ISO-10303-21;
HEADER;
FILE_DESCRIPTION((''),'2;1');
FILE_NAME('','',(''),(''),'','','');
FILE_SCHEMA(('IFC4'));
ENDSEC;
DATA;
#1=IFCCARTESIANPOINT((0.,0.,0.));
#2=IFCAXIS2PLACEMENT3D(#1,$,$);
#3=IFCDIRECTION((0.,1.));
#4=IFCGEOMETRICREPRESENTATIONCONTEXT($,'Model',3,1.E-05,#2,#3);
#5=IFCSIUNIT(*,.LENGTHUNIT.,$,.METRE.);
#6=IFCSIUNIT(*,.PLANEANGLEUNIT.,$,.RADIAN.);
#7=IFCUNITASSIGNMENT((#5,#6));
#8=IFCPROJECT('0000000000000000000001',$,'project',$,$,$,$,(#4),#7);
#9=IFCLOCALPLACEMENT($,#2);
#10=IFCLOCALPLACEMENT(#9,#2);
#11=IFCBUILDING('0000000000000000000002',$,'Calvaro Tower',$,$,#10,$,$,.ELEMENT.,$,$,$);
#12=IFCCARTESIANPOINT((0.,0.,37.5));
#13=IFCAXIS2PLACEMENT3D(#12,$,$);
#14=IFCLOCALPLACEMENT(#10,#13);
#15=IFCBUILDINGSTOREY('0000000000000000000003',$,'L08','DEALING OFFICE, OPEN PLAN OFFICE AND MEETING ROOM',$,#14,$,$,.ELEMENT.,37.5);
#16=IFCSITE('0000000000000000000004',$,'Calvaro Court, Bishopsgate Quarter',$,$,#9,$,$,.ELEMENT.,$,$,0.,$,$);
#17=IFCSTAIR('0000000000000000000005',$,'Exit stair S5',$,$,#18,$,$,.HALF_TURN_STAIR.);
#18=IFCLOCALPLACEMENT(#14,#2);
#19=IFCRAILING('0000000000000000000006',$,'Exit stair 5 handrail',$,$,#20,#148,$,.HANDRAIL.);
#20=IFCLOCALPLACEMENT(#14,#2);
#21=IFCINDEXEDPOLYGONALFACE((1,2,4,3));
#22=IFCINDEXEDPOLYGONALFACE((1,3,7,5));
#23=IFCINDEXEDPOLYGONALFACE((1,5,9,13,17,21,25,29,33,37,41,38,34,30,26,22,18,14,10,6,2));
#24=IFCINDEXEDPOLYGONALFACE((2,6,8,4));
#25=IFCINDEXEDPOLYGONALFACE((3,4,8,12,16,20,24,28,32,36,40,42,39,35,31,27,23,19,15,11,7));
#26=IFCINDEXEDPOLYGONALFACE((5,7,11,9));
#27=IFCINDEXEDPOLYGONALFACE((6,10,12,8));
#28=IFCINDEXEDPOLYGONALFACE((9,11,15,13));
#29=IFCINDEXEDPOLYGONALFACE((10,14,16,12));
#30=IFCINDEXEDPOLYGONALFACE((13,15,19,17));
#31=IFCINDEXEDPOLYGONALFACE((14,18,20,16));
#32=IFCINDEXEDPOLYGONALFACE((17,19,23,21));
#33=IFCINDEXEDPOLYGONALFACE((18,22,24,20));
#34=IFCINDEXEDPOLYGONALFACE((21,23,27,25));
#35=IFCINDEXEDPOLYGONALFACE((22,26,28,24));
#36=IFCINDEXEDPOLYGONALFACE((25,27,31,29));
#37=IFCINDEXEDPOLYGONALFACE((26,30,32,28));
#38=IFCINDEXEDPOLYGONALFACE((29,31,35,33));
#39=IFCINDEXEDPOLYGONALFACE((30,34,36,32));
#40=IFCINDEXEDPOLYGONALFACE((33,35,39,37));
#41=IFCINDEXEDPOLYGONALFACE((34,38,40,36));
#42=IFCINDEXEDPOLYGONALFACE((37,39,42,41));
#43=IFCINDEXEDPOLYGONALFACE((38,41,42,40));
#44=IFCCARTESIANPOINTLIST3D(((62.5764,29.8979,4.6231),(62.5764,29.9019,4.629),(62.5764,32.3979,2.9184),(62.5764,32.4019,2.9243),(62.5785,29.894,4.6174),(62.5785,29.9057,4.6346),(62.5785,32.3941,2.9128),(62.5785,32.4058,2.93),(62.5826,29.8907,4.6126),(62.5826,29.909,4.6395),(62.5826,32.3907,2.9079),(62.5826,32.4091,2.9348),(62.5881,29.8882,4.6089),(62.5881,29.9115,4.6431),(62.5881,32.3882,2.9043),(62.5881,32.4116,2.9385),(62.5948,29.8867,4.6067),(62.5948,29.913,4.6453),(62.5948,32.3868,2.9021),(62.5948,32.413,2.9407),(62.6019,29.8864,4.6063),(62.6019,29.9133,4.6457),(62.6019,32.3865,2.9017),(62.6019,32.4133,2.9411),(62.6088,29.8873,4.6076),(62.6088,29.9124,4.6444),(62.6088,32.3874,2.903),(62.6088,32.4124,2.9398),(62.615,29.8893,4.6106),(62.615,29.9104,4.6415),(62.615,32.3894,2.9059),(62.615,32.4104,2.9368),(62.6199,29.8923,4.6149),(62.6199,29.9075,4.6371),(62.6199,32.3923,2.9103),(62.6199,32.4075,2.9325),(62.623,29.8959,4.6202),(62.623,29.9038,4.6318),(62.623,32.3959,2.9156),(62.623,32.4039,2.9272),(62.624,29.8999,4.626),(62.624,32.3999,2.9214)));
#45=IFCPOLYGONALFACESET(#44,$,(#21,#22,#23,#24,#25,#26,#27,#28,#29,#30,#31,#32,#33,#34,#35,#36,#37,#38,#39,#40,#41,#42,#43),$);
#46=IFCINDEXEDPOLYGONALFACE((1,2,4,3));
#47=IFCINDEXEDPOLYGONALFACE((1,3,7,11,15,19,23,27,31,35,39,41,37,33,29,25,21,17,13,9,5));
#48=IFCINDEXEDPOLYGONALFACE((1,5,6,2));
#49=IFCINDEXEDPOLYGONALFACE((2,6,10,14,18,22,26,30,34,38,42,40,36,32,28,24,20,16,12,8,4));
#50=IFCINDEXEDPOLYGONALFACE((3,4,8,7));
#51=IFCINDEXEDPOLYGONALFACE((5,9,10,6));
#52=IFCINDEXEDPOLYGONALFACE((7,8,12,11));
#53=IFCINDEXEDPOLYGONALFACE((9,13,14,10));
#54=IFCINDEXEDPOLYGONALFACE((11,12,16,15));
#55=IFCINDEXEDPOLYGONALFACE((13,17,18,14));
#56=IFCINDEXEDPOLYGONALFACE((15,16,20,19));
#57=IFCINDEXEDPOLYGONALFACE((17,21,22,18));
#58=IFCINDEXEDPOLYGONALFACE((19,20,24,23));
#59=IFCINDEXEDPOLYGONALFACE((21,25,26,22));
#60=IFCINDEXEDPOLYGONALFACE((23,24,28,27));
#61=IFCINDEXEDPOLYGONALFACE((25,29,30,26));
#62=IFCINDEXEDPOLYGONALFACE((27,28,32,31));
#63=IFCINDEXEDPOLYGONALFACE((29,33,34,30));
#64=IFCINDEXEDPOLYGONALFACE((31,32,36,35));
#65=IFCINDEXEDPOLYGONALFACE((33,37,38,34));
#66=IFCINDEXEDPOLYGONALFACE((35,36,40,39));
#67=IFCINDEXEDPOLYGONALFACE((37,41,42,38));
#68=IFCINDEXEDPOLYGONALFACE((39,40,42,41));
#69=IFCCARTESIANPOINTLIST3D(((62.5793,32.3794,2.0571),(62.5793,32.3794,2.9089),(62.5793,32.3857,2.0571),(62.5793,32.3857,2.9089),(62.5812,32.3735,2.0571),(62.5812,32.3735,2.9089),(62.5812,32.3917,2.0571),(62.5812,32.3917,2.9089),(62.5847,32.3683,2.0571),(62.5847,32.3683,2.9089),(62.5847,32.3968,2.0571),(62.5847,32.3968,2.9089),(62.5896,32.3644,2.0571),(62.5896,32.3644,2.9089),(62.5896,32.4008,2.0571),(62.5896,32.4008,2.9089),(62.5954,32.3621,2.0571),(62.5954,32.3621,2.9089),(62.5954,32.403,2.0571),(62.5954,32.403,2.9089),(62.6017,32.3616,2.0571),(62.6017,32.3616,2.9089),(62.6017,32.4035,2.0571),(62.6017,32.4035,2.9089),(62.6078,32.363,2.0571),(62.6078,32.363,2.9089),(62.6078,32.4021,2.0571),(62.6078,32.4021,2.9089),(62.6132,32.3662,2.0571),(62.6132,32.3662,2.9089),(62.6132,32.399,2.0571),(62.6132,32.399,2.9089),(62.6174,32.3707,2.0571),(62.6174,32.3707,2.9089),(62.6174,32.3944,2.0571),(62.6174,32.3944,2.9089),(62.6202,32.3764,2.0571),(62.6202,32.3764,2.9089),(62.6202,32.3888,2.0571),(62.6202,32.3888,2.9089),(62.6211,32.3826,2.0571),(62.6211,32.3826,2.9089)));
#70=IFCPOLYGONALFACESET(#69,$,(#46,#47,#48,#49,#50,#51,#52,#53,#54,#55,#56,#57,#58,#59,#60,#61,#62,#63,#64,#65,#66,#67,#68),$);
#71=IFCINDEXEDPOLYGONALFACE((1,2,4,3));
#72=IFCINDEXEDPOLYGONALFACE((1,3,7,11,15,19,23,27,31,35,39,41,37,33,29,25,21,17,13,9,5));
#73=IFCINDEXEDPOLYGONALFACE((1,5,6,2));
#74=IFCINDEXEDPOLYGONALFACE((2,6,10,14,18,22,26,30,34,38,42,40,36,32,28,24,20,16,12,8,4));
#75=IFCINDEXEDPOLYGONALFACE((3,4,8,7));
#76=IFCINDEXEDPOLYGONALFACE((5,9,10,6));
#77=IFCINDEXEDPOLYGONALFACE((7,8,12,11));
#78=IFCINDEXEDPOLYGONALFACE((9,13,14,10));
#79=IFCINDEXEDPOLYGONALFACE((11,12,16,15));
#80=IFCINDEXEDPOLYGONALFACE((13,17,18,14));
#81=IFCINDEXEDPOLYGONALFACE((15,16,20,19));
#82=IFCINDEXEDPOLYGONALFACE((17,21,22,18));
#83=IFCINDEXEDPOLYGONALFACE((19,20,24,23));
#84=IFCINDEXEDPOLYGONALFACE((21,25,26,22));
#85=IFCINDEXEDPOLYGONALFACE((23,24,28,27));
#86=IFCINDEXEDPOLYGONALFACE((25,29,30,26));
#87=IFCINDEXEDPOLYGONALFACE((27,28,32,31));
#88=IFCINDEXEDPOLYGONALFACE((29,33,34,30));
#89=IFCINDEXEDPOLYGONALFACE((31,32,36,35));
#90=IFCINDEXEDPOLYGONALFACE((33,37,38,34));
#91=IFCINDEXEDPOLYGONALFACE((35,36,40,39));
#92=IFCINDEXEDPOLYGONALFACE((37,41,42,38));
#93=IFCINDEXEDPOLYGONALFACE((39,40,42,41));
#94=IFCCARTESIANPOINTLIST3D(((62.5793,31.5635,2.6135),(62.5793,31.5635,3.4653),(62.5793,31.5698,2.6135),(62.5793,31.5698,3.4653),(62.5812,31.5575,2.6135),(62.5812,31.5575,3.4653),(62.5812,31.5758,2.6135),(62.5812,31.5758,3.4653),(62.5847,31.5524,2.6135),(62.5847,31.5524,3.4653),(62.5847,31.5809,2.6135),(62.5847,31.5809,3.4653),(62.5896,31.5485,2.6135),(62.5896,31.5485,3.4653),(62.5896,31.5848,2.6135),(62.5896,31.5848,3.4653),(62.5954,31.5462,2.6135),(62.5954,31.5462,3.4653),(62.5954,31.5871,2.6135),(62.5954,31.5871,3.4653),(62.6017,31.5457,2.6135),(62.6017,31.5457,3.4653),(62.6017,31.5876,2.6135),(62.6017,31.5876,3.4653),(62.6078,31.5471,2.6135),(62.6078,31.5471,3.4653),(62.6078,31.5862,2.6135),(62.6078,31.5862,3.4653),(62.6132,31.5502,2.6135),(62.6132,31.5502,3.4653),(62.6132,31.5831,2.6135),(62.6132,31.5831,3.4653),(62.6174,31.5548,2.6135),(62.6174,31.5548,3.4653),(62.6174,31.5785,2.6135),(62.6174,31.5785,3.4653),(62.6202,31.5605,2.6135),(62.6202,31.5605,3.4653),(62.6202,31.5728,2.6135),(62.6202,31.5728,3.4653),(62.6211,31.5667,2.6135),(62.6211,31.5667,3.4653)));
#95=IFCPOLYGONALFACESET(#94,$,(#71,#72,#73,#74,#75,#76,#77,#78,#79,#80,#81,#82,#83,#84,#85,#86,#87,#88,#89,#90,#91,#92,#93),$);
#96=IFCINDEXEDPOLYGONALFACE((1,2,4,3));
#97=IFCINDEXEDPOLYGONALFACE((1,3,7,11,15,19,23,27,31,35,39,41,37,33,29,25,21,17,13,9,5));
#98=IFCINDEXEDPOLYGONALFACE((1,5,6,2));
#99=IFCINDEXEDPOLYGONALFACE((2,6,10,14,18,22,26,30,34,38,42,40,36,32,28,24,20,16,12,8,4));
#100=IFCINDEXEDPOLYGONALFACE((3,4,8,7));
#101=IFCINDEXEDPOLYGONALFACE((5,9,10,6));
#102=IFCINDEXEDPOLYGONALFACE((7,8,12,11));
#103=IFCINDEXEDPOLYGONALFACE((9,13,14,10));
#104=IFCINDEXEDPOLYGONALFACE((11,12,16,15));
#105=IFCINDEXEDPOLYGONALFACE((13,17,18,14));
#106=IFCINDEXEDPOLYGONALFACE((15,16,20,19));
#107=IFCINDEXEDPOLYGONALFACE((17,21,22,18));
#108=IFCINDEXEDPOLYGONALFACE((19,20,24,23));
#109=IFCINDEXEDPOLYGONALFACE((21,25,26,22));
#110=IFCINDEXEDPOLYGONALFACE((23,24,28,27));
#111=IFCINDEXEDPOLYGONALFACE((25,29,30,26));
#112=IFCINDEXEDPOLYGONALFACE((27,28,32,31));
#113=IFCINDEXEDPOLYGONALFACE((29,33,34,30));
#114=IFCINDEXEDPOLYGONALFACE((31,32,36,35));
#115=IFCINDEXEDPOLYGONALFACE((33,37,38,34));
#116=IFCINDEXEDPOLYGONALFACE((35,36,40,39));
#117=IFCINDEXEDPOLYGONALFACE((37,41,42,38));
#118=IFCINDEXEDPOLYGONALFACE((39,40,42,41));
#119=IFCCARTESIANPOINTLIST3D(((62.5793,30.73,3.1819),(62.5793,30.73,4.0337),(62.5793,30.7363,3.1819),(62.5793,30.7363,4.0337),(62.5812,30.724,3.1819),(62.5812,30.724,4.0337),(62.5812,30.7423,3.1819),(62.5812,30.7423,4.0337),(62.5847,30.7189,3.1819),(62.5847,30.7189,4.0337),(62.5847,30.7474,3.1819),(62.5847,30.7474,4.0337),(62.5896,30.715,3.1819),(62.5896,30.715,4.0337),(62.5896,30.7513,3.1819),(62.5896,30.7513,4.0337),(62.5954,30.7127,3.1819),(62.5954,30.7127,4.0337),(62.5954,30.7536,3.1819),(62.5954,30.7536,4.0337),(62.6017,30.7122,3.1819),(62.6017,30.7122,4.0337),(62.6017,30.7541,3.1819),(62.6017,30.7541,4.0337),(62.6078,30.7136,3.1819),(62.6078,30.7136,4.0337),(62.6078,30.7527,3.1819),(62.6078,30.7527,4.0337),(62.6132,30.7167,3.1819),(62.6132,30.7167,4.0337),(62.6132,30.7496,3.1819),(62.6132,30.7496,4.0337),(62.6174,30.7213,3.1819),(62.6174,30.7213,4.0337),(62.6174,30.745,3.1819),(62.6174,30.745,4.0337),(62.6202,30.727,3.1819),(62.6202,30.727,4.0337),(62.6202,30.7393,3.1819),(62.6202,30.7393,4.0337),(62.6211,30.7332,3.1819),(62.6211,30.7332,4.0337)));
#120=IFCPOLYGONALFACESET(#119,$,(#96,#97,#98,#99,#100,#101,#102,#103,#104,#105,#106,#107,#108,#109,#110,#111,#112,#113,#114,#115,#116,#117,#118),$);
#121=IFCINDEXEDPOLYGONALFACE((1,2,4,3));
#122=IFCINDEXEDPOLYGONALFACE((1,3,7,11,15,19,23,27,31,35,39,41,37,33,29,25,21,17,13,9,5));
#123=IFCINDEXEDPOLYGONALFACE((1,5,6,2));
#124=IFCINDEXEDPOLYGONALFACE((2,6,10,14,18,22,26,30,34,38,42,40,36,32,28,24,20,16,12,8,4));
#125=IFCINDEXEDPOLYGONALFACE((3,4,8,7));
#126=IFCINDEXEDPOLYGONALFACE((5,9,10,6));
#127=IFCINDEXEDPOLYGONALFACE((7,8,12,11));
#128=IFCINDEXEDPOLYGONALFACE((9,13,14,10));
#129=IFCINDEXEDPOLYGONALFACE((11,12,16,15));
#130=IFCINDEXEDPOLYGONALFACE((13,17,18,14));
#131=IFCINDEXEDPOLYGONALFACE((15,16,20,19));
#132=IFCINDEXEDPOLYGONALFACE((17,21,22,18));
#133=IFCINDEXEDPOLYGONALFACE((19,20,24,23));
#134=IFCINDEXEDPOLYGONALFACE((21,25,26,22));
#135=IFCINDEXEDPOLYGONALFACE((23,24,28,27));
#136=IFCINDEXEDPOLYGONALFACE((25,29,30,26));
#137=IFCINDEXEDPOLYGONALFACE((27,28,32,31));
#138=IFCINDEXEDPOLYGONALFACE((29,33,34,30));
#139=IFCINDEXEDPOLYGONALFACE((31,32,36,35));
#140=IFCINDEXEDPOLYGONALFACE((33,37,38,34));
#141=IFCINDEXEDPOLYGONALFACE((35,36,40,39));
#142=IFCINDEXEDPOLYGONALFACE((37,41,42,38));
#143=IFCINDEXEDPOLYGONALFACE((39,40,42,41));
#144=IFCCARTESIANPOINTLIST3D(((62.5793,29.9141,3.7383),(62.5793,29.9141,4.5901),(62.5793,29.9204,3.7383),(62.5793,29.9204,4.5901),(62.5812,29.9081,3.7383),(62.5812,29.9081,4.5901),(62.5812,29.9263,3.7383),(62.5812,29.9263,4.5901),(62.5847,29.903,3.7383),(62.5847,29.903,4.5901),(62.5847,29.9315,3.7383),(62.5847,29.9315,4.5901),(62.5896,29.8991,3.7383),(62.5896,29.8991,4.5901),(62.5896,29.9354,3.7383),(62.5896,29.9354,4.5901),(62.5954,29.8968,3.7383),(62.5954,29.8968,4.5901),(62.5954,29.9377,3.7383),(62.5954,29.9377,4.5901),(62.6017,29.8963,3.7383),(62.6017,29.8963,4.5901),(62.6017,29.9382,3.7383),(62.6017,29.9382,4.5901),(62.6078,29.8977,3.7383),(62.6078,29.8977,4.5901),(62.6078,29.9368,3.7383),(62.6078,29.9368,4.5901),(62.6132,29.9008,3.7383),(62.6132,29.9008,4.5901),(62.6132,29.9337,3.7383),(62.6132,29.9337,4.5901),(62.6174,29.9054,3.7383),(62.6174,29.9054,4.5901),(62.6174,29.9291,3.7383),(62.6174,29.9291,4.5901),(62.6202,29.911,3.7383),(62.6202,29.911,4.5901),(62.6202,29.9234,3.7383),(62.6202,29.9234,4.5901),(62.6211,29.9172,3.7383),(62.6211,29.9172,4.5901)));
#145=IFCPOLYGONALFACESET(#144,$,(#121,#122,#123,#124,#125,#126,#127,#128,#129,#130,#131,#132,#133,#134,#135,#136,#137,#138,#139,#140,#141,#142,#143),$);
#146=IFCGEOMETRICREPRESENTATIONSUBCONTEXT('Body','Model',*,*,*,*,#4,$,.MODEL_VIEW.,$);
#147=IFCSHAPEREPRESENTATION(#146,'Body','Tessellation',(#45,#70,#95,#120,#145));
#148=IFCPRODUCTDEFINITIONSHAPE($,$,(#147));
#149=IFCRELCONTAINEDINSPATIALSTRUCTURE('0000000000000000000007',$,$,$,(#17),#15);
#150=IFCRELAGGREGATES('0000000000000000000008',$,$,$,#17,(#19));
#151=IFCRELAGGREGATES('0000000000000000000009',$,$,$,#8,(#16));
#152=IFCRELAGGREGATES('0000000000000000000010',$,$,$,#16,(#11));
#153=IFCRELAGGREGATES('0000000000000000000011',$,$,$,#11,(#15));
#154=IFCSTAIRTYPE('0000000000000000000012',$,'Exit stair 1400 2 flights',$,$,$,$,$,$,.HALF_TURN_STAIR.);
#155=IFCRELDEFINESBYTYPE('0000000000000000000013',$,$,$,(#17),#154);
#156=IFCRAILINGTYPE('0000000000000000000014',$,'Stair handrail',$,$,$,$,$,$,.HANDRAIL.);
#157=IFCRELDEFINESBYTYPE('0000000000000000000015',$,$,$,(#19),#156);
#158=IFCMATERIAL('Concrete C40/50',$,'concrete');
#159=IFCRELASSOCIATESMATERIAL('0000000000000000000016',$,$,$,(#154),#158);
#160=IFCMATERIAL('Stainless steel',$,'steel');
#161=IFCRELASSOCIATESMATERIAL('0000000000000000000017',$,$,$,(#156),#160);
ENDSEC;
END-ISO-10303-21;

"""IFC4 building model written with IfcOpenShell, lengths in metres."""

from ifc_helpers import new_model, si_unit, direction, frame, origin, origin_2d, place, context, subcontext, project, spatial, circle, extrude, material, type_object, element, aggregate, save


model = new_model("IFC4")

# Units and contexts
model_context = context("Model", 3, precision=1e-05, world=origin(), true_north=direction((0.0, 1.0)))
body_context = subcontext(model_context, "Body", "Model", "MODEL_VIEW")
ifc_project = project(units=[si_unit("LENGTHUNIT", "METRE"), si_unit("PLANEANGLEUNIT", "RADIAN")], contexts=[model_context])

# Site, building, storey
site_placement = place(None, origin())
site = spatial("IfcSite", under=ifc_project, at=site_placement, Name="Calvaro Court, Bishopsgate Quarter", CompositionType="ELEMENT", RefElevation=0.0)
building_placement = place(site_placement, origin())
building = spatial("IfcBuilding", under=site, at=building_placement, Name="Calvaro Tower", CompositionType="ELEMENT")
storey_placement = place(building_placement, frame((0.0, 0.0, 37.5)))
storey = spatial("IfcBuildingStorey", under=building, at=storey_placement, Name="L08", Description="DEALING OFFICE, OPEN PLAN OFFICE AND MEETING ROOM", CompositionType="ELEMENT", Elevation=37.5)

# Stair
ifc_material_1 = material(Name="Concrete C40/50", Category="concrete")
stair_type = type_object("IfcStairType", Name="Exit stair 1400 2 flights", PredefinedType="HALF_TURN_STAIR", material=ifc_material_1)
stair_1_placement = place(storey_placement, origin())
stair_1 = element("IfcStair", 1, at=stair_1_placement, inside=storey, type_object=stair_type, Name="Exit stair S5", PredefinedType="HALF_TURN_STAIR")

# Shared definitions
ifc_material_2 = material(Name="Stainless steel", Category="steel")
railing_type = type_object("IfcRailingType", Name="Stair handrail", PredefinedType="HANDRAIL", material=ifc_material_2)

# Railing
railing_1_placement = place(storey_placement, frame((62.6001, 32.3999, 2.0454)))
railing_1 = element("IfcRailing", 2, at=railing_1_placement, type_object=railing_type, Name="Exit stair 5 handrail", PredefinedType="HANDRAIL", context=body_context, shape_type="SweptSolid", body=[
    extrude(circle(Radius=0.0239, at=origin_2d()), frame((0.0, 0.0, 0.876), z_axis=(0.0, -0.826221, 0.563347), x_axis=(1.0, 0.0, 0.0)), (0.0, 0.0, 1.0), 3.0259),
    extrude(circle(Radius=0.021, at=origin_2d()), frame((0.0, -0.0173, 0.0117)), (0.0, 0.0, 1.0), 0.8518),
    extrude(circle(Radius=0.021, at=origin_2d()), frame((0.0, -0.8333, 0.5681)), (0.0, 0.0, 1.0), 0.8518),
    extrude(circle(Radius=0.021, at=origin_2d()), frame((0.0, -1.6667, 1.1365)), (0.0, 0.0, 1.0), 0.8518),
    extrude(circle(Radius=0.021, at=origin_2d()), frame((0.0, -2.4827, 1.6929)), (0.0, 0.0, 1.0), 0.8518),
])
aggregate(stair_1, [railing_1])

save(model, "model.ifc")
